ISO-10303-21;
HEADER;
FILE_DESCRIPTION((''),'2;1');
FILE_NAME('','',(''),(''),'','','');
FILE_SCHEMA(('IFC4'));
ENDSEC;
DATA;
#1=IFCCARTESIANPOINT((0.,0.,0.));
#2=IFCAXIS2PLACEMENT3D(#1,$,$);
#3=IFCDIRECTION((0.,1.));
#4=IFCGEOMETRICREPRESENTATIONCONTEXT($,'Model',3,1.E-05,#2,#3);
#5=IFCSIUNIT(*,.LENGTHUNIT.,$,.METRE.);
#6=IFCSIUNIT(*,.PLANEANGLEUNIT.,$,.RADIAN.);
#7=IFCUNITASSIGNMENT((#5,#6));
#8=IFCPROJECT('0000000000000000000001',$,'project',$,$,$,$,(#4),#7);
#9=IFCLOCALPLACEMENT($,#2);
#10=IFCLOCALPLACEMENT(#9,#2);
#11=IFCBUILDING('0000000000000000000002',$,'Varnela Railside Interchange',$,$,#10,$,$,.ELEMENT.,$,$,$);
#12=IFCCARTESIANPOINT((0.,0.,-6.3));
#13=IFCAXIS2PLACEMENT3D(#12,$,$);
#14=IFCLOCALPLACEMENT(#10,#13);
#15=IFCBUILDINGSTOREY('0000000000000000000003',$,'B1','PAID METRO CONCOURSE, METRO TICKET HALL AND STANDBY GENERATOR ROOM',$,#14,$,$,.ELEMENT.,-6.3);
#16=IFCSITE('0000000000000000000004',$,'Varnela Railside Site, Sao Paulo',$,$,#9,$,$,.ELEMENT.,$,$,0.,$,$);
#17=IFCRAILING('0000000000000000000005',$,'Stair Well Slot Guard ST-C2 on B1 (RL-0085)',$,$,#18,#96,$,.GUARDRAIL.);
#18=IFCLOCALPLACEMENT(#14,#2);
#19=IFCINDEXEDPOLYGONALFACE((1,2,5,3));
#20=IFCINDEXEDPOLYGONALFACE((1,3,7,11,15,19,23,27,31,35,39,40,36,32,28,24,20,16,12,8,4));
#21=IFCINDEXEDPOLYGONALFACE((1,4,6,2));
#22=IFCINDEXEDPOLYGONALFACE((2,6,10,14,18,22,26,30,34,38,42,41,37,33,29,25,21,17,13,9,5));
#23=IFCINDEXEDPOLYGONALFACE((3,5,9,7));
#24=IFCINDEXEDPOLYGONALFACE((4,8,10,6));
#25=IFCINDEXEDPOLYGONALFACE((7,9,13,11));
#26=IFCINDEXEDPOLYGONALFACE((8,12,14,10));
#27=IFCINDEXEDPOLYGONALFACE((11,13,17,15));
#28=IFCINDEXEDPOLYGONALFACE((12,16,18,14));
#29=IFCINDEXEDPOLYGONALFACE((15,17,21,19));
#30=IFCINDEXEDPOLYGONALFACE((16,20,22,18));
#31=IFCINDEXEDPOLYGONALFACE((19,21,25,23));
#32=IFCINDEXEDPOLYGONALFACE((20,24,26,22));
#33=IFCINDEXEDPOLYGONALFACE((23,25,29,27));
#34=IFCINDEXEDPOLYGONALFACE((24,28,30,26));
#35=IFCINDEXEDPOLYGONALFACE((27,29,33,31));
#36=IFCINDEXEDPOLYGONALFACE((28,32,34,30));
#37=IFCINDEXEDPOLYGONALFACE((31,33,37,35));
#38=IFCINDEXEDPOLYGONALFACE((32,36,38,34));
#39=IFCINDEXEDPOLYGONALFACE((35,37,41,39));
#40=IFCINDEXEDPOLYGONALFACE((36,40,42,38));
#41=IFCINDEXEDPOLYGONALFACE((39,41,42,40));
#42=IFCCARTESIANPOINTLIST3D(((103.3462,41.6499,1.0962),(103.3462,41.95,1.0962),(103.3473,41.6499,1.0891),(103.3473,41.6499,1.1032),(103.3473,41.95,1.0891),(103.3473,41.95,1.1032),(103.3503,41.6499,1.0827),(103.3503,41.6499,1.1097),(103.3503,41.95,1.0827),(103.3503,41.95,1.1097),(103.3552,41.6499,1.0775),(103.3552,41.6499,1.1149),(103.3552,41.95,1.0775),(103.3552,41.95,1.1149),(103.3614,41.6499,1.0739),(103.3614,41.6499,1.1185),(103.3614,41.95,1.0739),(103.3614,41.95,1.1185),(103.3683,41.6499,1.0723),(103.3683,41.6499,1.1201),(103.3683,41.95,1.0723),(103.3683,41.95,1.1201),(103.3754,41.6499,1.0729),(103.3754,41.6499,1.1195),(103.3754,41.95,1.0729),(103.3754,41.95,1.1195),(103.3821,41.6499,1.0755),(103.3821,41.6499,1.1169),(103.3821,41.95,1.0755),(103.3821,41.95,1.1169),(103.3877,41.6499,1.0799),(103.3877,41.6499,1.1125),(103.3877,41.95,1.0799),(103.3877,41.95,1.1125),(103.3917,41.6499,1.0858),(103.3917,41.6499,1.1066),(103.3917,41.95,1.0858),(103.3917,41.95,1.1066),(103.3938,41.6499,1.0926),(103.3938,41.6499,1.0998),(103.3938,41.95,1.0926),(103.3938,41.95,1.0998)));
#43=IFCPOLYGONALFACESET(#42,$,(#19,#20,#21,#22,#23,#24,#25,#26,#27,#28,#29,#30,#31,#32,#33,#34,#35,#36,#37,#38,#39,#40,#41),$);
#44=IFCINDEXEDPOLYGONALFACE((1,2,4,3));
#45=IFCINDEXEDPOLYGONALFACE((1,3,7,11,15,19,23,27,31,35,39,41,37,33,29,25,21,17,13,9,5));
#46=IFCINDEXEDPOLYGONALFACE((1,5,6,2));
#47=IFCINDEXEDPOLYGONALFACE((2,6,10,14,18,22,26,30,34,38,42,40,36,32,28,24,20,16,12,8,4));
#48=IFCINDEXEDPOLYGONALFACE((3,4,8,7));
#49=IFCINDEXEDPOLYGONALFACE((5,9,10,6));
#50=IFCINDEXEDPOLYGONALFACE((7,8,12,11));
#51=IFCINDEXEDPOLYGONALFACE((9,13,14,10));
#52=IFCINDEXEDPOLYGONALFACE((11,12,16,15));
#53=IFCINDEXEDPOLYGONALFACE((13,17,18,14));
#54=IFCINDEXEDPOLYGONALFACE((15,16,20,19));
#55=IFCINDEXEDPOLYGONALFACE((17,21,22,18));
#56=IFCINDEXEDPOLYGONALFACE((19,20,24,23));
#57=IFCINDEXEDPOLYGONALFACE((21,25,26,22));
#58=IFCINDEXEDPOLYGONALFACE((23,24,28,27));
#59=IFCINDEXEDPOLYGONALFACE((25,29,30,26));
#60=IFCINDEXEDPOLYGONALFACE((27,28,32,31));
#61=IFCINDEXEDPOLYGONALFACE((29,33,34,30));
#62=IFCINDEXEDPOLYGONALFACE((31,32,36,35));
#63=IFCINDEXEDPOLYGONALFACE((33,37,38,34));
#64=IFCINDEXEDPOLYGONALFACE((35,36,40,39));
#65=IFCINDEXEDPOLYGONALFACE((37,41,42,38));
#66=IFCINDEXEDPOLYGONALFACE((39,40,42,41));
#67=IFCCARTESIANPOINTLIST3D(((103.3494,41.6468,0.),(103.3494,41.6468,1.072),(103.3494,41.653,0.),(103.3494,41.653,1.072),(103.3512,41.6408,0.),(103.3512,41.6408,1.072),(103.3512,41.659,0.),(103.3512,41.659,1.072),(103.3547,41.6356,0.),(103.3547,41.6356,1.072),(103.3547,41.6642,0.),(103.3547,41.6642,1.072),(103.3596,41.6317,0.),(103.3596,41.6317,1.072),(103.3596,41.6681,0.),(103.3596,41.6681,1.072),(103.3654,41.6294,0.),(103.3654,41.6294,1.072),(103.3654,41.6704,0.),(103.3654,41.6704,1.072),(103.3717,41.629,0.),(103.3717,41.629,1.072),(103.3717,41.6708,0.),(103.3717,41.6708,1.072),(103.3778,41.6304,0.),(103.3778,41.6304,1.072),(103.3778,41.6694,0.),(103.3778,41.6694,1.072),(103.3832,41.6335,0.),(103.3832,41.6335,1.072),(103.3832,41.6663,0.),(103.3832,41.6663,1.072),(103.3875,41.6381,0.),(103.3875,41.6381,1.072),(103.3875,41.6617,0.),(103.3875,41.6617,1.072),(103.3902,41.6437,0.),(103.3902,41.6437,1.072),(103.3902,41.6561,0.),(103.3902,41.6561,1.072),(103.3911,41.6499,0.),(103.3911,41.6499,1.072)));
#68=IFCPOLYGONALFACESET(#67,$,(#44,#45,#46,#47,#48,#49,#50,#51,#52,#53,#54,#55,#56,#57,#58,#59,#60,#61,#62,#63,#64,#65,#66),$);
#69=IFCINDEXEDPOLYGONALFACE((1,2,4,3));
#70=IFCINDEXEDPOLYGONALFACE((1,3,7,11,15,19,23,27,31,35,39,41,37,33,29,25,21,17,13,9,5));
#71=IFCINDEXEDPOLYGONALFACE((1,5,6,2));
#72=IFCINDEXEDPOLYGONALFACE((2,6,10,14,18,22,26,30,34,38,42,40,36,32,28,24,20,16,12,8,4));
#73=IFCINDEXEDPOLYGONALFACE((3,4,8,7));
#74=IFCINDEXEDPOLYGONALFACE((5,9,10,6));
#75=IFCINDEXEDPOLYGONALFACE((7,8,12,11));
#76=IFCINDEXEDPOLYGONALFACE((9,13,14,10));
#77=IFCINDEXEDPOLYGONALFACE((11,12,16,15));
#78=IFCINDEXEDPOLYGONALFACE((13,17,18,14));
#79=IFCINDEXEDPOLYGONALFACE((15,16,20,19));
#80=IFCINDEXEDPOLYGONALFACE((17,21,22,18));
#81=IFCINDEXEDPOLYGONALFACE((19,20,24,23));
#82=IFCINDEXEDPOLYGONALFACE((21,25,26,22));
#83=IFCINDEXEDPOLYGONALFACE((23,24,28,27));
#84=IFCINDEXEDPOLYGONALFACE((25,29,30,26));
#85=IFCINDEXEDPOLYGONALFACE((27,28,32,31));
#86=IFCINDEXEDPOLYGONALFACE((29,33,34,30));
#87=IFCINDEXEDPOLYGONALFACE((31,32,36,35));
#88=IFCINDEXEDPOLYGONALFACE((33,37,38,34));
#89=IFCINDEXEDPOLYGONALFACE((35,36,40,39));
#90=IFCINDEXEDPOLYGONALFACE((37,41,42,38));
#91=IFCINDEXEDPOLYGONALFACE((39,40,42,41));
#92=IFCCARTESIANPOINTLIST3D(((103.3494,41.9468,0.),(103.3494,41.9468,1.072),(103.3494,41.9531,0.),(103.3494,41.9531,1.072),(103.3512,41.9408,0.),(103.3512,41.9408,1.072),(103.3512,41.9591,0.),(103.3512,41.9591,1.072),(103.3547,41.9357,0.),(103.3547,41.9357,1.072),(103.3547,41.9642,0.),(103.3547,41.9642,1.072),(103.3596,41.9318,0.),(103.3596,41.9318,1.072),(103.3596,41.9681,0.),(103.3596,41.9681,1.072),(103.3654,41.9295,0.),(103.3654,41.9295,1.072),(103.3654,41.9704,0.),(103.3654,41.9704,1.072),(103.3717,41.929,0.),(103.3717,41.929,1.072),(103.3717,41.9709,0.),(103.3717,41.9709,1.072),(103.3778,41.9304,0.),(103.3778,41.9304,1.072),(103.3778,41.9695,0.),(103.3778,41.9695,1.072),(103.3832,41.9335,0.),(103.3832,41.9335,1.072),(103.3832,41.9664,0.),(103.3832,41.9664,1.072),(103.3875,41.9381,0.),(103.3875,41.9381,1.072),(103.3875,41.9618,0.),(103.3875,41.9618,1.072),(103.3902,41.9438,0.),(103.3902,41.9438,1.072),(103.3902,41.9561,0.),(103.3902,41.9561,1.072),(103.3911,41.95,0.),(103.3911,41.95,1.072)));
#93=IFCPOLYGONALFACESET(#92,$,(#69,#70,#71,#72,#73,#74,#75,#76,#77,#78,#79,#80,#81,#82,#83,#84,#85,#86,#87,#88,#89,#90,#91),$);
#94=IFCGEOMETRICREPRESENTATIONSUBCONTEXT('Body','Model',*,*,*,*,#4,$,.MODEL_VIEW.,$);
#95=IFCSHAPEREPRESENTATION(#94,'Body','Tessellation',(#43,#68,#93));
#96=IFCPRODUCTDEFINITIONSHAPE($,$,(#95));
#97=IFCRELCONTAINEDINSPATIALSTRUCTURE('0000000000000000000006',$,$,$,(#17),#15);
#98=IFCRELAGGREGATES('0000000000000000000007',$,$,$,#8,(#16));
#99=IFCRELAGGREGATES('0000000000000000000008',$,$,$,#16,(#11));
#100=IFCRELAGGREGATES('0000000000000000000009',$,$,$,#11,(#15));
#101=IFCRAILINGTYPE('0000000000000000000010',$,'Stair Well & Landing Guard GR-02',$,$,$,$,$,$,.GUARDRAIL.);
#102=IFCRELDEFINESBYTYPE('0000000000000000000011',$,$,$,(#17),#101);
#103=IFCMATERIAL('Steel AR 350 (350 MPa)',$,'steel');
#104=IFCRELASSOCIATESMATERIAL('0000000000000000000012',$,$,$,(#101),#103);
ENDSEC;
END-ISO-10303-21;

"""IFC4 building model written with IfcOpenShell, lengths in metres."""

from ifc_helpers import new_model, si_unit, direction, frame, origin, origin_2d, place, context, subcontext, project, spatial, circle, extrude, material, type_object, element, save


model = new_model("IFC4")

# Units and contexts
model_context = context("Model", 3, precision=1e-05, world=origin(), true_north=direction((0.0, 1.0)))
body_context = subcontext(model_context, "Body", "Model", "MODEL_VIEW")
ifc_project = project(units=[si_unit("LENGTHUNIT", "METRE"), si_unit("PLANEANGLEUNIT", "RADIAN")], contexts=[model_context])

# Site, building, storey
site_placement = place(None, origin())
site = spatial("IfcSite", under=ifc_project, at=site_placement, Name="Varnela Railside Site, Sao Paulo", CompositionType="ELEMENT", RefElevation=0.0)
building_placement = place(site_placement, origin())
building = spatial("IfcBuilding", under=site, at=building_placement, Name="Varnela Railside Interchange", CompositionType="ELEMENT")
storey_placement = place(building_placement, frame((0.0, 0.0, -6.3)))
storey = spatial("IfcBuildingStorey", under=building, at=storey_placement, Name="B1", Description="PAID METRO CONCOURSE, METRO TICKET HALL AND STANDBY GENERATOR ROOM", CompositionType="ELEMENT", Elevation=-6.3)

# Shared definitions
ifc_material_1 = material(Name="Steel AR 350 (350 MPa)", Category="steel")

# Railing
railing_type_1 = type_object("IfcRailingType", Name="Stair Well & Landing Guard GR-02", PredefinedType="GUARDRAIL", material=ifc_material_1)
railing_1_placement = place(storey_placement, frame((103.3701, 41.6499, 0.0)))
element("IfcRailing", 1, at=railing_1_placement, inside=storey, type_object=railing_type_1, Name="Stair Well Slot Guard ST-C2 on B1 (RL-0085)", PredefinedType="GUARDRAIL", context=body_context, shape_type="SweptSolid", body=[
    extrude(circle(Radius=0.0239, at=origin_2d()), frame((0.0, 0.0, 1.0962), z_axis=(0.0, 1.0, 0.0), x_axis=(-1.0, 0.0, 0.0)), (0.0, 0.0, 1.0), 0.3),
    extrude(circle(Radius=0.021, at=origin_2d()), origin(), (0.0, 0.0, 1.0), 1.072),
    extrude(circle(Radius=0.021, at=origin_2d()), frame((0.0, 0.3, 0.0)), (0.0, 0.0, 1.0), 1.072),
])

save(model, "model.ifc")
